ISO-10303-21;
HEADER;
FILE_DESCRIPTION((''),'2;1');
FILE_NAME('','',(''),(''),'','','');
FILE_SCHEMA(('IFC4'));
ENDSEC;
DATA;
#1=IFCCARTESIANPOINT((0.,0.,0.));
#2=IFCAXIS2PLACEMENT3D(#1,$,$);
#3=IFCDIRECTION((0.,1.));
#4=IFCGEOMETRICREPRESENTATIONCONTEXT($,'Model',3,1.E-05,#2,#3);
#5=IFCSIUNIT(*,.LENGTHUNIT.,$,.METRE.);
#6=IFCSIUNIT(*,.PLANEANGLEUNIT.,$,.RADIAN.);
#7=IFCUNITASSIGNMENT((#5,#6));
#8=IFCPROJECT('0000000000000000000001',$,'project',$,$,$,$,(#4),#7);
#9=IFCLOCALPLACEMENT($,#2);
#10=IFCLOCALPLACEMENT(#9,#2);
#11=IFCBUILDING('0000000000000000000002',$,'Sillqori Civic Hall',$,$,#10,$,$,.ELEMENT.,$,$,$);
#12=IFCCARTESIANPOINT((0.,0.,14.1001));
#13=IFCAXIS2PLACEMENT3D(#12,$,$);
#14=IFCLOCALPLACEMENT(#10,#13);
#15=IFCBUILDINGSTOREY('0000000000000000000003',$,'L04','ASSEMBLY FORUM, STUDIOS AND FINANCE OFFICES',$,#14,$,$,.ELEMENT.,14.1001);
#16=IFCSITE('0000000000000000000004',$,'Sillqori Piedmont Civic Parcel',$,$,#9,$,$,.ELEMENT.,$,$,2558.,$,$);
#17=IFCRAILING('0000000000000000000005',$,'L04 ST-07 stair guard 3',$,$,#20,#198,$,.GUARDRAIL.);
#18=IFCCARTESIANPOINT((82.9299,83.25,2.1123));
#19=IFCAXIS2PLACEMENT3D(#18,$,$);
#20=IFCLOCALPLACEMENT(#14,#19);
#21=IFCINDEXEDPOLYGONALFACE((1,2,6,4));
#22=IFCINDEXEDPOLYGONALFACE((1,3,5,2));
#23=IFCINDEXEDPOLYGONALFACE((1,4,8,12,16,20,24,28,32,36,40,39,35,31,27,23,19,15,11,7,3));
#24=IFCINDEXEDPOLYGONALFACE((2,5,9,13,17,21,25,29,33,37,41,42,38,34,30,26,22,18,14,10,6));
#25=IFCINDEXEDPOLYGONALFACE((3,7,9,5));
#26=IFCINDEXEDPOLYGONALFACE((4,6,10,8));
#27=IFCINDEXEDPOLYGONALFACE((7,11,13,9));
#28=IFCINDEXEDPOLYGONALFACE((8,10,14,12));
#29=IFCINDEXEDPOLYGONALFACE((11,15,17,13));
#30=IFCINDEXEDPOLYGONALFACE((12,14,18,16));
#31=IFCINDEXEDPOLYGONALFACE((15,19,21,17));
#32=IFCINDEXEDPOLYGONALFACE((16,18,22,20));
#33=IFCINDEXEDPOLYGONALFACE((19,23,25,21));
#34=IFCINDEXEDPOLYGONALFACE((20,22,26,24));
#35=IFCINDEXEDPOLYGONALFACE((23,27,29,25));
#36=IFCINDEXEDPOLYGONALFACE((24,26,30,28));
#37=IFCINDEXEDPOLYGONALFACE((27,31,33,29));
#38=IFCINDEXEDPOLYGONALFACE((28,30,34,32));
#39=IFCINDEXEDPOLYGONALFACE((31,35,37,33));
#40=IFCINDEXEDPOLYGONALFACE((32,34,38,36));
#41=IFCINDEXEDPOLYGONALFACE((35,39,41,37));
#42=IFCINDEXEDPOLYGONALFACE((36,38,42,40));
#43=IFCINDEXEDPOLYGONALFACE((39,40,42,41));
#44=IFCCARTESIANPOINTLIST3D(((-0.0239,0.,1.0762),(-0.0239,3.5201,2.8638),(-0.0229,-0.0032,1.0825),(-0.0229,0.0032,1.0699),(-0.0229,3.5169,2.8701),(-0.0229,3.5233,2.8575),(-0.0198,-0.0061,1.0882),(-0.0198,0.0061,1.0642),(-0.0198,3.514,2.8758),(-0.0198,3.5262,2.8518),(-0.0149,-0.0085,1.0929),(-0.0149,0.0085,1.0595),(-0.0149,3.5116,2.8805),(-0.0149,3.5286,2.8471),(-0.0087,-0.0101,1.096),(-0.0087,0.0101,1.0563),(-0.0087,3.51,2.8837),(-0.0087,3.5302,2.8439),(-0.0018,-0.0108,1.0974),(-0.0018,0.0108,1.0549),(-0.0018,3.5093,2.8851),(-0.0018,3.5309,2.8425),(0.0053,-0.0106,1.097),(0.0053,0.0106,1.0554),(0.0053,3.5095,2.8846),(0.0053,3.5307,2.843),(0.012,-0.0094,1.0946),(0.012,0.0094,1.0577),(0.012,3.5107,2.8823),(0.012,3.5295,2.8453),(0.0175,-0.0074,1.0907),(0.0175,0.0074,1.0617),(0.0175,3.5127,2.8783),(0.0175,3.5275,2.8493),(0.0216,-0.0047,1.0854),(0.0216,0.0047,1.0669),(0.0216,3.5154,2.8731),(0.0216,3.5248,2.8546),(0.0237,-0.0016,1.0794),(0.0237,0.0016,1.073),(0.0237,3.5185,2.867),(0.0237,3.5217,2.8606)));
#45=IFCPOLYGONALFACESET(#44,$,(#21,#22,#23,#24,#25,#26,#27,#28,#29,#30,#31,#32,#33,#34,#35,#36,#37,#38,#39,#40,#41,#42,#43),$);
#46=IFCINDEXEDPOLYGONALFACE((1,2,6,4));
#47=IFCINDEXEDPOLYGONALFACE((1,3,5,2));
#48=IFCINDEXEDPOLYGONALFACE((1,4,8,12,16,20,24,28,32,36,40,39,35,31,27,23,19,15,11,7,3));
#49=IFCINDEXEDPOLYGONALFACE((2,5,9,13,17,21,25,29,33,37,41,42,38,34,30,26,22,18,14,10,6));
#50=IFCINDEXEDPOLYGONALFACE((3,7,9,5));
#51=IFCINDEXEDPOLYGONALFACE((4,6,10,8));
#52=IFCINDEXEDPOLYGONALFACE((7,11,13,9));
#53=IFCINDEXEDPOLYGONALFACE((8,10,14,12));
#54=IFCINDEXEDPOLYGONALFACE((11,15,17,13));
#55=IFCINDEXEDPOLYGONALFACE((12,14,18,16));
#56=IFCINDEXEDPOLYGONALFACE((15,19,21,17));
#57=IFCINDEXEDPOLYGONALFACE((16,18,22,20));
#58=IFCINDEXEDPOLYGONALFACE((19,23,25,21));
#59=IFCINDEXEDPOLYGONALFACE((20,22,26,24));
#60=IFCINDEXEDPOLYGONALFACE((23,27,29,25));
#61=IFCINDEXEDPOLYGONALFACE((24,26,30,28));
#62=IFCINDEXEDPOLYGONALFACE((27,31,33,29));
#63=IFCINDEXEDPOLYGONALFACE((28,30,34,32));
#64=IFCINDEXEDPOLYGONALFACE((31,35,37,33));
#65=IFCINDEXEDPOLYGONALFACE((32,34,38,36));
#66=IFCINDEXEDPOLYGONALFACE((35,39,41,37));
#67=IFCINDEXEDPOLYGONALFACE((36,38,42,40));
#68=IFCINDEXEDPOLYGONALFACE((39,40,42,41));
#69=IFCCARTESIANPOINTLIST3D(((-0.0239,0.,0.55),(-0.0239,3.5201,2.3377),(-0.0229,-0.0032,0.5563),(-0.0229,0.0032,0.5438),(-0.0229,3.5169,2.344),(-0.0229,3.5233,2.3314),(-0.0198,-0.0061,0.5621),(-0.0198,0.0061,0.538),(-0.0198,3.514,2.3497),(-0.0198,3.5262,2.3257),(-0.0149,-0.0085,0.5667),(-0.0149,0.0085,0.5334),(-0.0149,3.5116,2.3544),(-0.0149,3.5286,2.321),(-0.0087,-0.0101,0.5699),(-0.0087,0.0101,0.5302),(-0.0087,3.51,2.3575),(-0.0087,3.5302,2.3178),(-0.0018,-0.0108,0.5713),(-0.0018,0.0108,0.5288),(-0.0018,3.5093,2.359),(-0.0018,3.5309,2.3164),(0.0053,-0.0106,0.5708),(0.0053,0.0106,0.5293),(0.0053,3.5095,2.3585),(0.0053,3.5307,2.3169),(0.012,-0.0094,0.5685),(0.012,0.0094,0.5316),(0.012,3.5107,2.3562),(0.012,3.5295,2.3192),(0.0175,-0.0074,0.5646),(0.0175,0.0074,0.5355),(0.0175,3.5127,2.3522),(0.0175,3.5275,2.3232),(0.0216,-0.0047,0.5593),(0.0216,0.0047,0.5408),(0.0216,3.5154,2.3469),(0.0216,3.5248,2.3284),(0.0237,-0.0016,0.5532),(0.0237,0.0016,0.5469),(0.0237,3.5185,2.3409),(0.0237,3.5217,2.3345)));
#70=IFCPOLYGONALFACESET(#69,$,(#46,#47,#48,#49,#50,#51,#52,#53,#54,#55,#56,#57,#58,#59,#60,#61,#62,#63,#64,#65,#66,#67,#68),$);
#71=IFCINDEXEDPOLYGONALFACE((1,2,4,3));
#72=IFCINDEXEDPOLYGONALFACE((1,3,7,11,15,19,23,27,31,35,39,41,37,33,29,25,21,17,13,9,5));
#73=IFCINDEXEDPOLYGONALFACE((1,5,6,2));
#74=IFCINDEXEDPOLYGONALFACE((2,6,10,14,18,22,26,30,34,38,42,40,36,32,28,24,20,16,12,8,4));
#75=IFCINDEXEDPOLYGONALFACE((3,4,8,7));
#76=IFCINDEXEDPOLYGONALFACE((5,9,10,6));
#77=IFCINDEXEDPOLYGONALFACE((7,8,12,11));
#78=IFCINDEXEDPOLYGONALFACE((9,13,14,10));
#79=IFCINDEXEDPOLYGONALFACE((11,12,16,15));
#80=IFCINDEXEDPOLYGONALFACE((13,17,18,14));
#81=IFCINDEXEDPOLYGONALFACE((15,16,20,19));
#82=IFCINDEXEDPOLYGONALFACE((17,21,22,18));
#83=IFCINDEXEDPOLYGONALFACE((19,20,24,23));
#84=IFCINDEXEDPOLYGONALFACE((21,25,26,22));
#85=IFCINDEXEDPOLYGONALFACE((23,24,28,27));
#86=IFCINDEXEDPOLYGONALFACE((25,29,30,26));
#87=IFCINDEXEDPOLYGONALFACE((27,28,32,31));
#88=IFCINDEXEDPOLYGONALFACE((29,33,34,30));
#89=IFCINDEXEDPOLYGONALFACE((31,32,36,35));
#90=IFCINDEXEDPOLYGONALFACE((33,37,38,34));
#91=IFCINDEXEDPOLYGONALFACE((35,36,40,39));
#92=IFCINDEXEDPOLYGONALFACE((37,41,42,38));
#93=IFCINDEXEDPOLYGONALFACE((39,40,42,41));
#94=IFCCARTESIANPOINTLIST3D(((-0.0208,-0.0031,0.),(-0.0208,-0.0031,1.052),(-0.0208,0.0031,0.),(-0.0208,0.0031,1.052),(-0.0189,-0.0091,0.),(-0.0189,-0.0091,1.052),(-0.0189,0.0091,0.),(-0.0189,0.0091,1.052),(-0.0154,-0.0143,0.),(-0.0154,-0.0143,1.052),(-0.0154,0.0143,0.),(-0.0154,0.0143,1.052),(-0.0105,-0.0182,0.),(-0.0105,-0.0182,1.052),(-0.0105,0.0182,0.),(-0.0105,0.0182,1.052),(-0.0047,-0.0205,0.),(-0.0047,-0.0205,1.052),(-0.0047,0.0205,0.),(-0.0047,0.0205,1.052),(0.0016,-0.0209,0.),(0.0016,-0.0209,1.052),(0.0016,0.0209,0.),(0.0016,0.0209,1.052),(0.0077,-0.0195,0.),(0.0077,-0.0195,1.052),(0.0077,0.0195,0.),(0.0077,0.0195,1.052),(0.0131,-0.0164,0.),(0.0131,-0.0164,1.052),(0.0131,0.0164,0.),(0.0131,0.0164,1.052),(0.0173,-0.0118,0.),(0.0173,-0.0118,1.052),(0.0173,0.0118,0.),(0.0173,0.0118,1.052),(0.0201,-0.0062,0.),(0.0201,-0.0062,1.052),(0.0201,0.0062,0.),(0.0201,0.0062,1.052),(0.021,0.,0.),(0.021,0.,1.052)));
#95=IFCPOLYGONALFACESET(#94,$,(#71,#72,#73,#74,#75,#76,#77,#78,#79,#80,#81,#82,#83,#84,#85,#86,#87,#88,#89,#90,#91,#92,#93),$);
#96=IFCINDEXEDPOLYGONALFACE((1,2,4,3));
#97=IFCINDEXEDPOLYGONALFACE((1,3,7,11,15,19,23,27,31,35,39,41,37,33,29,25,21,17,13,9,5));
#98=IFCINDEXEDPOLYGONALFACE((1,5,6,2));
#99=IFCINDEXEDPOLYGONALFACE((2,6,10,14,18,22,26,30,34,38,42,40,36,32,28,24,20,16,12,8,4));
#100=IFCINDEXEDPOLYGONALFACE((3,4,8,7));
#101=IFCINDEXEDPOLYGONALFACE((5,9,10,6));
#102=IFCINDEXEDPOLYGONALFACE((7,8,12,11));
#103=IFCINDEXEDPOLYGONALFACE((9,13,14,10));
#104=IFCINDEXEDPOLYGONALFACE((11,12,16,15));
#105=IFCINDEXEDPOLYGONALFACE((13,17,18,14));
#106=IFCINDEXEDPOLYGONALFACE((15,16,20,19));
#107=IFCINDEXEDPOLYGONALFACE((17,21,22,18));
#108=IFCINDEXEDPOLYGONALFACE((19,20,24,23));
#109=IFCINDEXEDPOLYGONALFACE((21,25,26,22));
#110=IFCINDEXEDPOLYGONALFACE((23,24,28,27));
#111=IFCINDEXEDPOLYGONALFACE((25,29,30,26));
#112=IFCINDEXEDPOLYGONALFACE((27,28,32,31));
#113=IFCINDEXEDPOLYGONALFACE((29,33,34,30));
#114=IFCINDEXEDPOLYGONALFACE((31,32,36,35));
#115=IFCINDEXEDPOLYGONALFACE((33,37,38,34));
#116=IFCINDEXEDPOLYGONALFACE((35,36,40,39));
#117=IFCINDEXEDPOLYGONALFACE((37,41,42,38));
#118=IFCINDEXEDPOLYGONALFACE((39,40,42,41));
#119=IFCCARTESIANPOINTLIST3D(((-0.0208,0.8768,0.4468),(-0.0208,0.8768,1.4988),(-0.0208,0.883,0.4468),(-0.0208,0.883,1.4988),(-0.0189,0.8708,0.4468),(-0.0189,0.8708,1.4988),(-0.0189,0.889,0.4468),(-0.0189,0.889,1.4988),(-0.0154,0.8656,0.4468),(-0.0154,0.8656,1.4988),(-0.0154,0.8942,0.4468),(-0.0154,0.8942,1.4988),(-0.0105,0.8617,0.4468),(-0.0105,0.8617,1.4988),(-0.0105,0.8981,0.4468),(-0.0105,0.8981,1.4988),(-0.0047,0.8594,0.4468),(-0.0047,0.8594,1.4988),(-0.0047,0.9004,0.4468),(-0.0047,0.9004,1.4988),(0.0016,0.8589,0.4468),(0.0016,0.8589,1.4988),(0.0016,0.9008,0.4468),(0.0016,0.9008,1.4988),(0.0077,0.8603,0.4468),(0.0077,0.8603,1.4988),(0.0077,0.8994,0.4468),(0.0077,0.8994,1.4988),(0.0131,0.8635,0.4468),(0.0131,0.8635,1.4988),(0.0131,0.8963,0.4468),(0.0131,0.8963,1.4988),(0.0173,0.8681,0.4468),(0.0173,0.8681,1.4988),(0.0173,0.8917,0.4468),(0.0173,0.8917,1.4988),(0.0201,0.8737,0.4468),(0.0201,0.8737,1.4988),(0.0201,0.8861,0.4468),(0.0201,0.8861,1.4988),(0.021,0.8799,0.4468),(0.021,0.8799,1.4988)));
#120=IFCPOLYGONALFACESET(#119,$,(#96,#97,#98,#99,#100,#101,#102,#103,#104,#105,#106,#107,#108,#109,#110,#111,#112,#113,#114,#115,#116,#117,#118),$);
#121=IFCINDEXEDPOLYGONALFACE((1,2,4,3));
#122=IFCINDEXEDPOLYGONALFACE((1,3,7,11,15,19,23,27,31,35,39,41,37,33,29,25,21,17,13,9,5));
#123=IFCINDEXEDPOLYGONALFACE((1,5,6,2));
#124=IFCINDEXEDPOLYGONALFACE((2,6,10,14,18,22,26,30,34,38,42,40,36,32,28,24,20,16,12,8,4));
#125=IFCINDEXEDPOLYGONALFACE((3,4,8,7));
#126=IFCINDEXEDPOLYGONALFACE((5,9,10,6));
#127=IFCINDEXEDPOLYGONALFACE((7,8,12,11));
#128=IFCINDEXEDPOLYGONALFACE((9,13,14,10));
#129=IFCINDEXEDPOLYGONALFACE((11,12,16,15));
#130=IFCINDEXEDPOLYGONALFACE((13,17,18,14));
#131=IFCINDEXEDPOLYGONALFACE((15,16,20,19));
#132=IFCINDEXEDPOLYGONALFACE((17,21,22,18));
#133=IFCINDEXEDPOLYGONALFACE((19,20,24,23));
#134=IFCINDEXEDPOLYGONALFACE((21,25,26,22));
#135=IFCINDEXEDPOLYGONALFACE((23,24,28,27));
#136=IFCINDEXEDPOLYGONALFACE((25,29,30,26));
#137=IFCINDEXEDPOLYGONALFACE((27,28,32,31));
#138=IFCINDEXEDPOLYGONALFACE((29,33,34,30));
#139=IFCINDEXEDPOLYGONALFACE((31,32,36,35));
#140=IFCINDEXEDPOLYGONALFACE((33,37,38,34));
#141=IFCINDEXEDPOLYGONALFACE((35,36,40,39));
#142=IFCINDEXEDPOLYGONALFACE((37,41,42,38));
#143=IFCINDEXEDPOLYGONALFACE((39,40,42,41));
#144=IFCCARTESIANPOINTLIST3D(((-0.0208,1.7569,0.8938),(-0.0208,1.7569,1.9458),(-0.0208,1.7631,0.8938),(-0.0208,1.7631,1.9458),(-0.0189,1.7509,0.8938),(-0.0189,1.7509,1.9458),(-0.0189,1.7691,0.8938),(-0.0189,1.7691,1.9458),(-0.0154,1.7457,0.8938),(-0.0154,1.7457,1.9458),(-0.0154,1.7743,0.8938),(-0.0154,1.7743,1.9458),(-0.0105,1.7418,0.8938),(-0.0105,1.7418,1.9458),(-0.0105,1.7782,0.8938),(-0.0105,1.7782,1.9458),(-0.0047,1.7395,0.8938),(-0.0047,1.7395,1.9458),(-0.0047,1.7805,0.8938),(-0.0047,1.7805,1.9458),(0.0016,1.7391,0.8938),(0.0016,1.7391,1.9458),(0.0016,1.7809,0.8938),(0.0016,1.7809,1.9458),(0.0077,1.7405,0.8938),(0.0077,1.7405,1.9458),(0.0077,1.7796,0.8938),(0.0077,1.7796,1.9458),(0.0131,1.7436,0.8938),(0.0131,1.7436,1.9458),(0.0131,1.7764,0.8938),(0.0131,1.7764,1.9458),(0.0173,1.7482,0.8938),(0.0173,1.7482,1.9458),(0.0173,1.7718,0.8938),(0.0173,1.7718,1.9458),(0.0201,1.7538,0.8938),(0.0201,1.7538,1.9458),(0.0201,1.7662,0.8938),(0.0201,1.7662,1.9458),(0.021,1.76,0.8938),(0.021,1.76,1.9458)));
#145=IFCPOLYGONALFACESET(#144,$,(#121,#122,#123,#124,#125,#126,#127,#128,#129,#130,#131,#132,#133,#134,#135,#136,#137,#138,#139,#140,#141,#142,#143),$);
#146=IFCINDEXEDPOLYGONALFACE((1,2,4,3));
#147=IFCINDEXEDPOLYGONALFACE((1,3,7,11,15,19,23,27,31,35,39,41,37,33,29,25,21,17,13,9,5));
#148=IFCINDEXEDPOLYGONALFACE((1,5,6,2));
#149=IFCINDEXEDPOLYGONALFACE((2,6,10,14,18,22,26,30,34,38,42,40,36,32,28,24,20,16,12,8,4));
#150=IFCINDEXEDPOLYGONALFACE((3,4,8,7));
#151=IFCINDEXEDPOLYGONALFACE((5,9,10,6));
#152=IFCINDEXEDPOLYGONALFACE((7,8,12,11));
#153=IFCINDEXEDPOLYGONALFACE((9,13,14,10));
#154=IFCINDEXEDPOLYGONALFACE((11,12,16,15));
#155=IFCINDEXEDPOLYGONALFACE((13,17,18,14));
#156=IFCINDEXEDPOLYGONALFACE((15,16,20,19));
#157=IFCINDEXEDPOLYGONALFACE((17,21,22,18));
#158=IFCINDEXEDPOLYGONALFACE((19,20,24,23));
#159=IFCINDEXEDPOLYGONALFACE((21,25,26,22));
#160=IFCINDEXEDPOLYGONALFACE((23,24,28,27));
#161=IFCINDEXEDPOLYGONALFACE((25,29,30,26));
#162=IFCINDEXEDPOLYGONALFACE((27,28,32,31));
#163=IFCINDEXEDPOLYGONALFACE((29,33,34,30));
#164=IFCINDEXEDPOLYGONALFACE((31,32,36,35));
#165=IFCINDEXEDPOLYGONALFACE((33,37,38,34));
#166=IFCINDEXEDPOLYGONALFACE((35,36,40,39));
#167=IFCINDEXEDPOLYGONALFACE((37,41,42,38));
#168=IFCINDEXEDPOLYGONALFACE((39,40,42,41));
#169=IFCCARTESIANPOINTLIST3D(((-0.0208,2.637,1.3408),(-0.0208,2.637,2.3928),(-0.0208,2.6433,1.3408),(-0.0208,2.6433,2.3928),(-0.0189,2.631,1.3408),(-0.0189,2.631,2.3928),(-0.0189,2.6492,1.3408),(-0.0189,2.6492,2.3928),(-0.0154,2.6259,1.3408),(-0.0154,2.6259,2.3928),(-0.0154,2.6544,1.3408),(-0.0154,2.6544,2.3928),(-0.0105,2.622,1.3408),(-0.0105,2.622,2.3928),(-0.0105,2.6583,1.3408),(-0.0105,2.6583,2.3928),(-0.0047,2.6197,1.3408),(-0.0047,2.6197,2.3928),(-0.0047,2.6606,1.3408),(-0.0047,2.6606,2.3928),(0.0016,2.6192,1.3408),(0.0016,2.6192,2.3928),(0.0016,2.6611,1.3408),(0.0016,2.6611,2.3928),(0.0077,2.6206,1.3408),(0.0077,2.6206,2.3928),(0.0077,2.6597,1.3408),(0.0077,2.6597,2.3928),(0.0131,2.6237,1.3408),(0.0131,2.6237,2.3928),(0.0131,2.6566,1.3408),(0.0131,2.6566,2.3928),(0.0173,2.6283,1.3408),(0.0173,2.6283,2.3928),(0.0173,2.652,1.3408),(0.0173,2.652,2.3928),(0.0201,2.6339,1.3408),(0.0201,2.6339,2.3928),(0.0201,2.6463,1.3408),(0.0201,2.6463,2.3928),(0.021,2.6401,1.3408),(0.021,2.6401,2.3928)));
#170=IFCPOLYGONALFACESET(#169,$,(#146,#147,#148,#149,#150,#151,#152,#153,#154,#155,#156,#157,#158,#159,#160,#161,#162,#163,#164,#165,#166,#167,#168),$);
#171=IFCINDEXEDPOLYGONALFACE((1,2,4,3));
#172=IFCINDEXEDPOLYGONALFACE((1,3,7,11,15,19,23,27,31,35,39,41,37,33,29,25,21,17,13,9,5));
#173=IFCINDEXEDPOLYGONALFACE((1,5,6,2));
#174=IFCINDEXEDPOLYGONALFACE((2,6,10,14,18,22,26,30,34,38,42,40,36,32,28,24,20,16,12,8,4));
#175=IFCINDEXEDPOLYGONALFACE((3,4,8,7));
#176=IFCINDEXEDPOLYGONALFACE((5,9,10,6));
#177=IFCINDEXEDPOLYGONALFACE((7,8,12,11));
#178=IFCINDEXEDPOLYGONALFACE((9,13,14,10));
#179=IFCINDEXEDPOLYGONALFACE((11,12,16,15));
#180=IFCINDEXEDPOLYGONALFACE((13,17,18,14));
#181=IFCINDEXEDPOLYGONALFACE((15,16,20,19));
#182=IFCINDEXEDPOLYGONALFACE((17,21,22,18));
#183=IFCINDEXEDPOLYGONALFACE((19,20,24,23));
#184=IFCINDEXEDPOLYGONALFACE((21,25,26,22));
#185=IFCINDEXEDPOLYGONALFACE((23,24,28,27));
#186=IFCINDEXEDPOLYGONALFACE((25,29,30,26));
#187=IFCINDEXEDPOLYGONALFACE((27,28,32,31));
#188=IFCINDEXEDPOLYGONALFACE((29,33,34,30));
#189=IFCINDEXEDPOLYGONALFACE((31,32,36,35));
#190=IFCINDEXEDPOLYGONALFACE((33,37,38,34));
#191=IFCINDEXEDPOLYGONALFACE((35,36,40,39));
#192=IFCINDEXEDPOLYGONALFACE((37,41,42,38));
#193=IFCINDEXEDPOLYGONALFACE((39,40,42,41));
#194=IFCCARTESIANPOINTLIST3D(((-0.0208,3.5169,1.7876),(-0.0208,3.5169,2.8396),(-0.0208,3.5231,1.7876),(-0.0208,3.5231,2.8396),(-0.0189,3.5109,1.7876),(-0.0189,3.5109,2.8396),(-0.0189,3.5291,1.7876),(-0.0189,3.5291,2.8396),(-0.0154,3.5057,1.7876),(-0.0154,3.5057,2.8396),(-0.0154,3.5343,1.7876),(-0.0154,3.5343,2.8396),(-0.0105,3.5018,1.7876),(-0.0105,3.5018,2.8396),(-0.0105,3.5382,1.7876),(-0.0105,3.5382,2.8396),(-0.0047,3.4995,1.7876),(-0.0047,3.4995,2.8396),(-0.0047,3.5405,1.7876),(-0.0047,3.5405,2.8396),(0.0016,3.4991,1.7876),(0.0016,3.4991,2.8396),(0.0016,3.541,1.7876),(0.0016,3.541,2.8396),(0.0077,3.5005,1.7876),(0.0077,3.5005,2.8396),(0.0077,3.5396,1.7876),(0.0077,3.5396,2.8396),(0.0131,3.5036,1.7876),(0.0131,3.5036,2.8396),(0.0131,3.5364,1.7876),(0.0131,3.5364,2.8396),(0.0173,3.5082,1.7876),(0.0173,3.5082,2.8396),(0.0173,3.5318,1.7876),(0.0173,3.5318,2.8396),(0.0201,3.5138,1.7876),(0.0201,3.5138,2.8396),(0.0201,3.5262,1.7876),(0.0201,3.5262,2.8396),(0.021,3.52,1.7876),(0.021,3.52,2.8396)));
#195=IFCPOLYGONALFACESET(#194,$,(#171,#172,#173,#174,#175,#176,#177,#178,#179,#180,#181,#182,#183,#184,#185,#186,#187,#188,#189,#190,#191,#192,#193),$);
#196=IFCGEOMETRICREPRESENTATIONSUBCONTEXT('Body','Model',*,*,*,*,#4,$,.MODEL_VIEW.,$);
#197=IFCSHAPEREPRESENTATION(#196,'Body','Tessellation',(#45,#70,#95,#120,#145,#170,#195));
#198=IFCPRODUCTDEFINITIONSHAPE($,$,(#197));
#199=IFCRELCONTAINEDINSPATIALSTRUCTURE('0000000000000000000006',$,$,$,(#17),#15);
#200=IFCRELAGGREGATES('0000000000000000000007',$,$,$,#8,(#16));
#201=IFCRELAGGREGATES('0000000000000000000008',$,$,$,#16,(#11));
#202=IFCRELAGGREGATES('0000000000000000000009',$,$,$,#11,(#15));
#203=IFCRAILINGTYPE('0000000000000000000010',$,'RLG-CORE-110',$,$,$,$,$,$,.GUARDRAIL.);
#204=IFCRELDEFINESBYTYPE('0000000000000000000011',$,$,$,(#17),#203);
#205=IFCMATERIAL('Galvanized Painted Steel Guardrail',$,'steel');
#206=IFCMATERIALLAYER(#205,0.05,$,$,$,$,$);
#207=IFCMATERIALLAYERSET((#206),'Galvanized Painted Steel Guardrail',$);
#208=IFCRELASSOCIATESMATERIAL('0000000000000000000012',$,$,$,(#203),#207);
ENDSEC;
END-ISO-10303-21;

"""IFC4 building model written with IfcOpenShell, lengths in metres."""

from ifc_helpers import new_model, si_unit, direction, frame, origin, origin_2d, place, context, subcontext, project, spatial, circle, extrude, material, layer, layer_set, type_object, element, save


model = new_model("IFC4")

# Units and contexts
model_context = context("Model", 3, precision=1e-05, world=origin(), true_north=direction((0.0, 1.0)))
body_context = subcontext(model_context, "Body", "Model", "MODEL_VIEW")
ifc_project = project(units=[si_unit("LENGTHUNIT", "METRE"), si_unit("PLANEANGLEUNIT", "RADIAN")], contexts=[model_context])

# Site, building, storey
site_placement = place(None, origin())
site = spatial("IfcSite", under=ifc_project, at=site_placement, Name="Sillqori Piedmont Civic Parcel", CompositionType="ELEMENT", RefElevation=2558.0)
building_placement = place(site_placement, origin())
building = spatial("IfcBuilding", under=site, at=building_placement, Name="Sillqori Civic Hall", CompositionType="ELEMENT")
storey_placement = place(building_placement, frame((0.0, 0.0, 14.1001)))
storey = spatial("IfcBuildingStorey", under=building, at=storey_placement, Name="L04", Description="ASSEMBLY FORUM, STUDIOS AND FINANCE OFFICES", CompositionType="ELEMENT", Elevation=14.1001)

# Railing
ifc_material_1 = material(Name="Galvanized Painted Steel Guardrail", Category="steel")
ifc_layer_1 = layer(ifc_material_1, 0.05)
ifc_layer_set_1 = layer_set([ifc_layer_1], Name="Galvanized Painted Steel Guardrail")
railing_type_1 = type_object("IfcRailingType", Name="RLG-CORE-110", PredefinedType="GUARDRAIL", material=ifc_layer_set_1)
railing_1_placement = place(storey_placement, frame((82.9299, 83.25, 2.1123)))
element("IfcRailing", 1, at=railing_1_placement, inside=storey, type_object=railing_type_1, Name="L04 ST-07 stair guard 3", PredefinedType="GUARDRAIL", context=body_context, shape_type="SweptSolid", body=[
    extrude(circle(Radius=0.0239, at=origin_2d()), frame((0.0, 0.0, 1.0762), z_axis=(0.0, 0.891615, 0.452795), x_axis=(-1.0, 0.0, 0.0)), (0.0, 0.0, 1.0), 3.948),
    extrude(circle(Radius=0.0239, at=origin_2d()), frame((0.0, 0.0, 0.55), z_axis=(0.0, 0.891615, 0.452795), x_axis=(-1.0, 0.0, 0.0)), (0.0, 0.0, 1.0), 3.948),
    extrude(circle(Radius=0.021, at=origin_2d()), origin(), (0.0, 0.0, 1.0), 1.052),
    extrude(circle(Radius=0.021, at=origin_2d()), frame((0.0, 0.8799, 0.4468)), (0.0, 0.0, 1.0), 1.052),
    extrude(circle(Radius=0.021, at=origin_2d()), frame((0.0, 1.76, 0.8938)), (0.0, 0.0, 1.0), 1.052),
    extrude(circle(Radius=0.021, at=origin_2d()), frame((0.0, 2.6401, 1.3408)), (0.0, 0.0, 1.0), 1.052),
    extrude(circle(Radius=0.021, at=origin_2d()), frame((0.0, 3.52, 1.7876)), (0.0, 0.0, 1.0), 1.052),
])

save(model, "model.ifc")
